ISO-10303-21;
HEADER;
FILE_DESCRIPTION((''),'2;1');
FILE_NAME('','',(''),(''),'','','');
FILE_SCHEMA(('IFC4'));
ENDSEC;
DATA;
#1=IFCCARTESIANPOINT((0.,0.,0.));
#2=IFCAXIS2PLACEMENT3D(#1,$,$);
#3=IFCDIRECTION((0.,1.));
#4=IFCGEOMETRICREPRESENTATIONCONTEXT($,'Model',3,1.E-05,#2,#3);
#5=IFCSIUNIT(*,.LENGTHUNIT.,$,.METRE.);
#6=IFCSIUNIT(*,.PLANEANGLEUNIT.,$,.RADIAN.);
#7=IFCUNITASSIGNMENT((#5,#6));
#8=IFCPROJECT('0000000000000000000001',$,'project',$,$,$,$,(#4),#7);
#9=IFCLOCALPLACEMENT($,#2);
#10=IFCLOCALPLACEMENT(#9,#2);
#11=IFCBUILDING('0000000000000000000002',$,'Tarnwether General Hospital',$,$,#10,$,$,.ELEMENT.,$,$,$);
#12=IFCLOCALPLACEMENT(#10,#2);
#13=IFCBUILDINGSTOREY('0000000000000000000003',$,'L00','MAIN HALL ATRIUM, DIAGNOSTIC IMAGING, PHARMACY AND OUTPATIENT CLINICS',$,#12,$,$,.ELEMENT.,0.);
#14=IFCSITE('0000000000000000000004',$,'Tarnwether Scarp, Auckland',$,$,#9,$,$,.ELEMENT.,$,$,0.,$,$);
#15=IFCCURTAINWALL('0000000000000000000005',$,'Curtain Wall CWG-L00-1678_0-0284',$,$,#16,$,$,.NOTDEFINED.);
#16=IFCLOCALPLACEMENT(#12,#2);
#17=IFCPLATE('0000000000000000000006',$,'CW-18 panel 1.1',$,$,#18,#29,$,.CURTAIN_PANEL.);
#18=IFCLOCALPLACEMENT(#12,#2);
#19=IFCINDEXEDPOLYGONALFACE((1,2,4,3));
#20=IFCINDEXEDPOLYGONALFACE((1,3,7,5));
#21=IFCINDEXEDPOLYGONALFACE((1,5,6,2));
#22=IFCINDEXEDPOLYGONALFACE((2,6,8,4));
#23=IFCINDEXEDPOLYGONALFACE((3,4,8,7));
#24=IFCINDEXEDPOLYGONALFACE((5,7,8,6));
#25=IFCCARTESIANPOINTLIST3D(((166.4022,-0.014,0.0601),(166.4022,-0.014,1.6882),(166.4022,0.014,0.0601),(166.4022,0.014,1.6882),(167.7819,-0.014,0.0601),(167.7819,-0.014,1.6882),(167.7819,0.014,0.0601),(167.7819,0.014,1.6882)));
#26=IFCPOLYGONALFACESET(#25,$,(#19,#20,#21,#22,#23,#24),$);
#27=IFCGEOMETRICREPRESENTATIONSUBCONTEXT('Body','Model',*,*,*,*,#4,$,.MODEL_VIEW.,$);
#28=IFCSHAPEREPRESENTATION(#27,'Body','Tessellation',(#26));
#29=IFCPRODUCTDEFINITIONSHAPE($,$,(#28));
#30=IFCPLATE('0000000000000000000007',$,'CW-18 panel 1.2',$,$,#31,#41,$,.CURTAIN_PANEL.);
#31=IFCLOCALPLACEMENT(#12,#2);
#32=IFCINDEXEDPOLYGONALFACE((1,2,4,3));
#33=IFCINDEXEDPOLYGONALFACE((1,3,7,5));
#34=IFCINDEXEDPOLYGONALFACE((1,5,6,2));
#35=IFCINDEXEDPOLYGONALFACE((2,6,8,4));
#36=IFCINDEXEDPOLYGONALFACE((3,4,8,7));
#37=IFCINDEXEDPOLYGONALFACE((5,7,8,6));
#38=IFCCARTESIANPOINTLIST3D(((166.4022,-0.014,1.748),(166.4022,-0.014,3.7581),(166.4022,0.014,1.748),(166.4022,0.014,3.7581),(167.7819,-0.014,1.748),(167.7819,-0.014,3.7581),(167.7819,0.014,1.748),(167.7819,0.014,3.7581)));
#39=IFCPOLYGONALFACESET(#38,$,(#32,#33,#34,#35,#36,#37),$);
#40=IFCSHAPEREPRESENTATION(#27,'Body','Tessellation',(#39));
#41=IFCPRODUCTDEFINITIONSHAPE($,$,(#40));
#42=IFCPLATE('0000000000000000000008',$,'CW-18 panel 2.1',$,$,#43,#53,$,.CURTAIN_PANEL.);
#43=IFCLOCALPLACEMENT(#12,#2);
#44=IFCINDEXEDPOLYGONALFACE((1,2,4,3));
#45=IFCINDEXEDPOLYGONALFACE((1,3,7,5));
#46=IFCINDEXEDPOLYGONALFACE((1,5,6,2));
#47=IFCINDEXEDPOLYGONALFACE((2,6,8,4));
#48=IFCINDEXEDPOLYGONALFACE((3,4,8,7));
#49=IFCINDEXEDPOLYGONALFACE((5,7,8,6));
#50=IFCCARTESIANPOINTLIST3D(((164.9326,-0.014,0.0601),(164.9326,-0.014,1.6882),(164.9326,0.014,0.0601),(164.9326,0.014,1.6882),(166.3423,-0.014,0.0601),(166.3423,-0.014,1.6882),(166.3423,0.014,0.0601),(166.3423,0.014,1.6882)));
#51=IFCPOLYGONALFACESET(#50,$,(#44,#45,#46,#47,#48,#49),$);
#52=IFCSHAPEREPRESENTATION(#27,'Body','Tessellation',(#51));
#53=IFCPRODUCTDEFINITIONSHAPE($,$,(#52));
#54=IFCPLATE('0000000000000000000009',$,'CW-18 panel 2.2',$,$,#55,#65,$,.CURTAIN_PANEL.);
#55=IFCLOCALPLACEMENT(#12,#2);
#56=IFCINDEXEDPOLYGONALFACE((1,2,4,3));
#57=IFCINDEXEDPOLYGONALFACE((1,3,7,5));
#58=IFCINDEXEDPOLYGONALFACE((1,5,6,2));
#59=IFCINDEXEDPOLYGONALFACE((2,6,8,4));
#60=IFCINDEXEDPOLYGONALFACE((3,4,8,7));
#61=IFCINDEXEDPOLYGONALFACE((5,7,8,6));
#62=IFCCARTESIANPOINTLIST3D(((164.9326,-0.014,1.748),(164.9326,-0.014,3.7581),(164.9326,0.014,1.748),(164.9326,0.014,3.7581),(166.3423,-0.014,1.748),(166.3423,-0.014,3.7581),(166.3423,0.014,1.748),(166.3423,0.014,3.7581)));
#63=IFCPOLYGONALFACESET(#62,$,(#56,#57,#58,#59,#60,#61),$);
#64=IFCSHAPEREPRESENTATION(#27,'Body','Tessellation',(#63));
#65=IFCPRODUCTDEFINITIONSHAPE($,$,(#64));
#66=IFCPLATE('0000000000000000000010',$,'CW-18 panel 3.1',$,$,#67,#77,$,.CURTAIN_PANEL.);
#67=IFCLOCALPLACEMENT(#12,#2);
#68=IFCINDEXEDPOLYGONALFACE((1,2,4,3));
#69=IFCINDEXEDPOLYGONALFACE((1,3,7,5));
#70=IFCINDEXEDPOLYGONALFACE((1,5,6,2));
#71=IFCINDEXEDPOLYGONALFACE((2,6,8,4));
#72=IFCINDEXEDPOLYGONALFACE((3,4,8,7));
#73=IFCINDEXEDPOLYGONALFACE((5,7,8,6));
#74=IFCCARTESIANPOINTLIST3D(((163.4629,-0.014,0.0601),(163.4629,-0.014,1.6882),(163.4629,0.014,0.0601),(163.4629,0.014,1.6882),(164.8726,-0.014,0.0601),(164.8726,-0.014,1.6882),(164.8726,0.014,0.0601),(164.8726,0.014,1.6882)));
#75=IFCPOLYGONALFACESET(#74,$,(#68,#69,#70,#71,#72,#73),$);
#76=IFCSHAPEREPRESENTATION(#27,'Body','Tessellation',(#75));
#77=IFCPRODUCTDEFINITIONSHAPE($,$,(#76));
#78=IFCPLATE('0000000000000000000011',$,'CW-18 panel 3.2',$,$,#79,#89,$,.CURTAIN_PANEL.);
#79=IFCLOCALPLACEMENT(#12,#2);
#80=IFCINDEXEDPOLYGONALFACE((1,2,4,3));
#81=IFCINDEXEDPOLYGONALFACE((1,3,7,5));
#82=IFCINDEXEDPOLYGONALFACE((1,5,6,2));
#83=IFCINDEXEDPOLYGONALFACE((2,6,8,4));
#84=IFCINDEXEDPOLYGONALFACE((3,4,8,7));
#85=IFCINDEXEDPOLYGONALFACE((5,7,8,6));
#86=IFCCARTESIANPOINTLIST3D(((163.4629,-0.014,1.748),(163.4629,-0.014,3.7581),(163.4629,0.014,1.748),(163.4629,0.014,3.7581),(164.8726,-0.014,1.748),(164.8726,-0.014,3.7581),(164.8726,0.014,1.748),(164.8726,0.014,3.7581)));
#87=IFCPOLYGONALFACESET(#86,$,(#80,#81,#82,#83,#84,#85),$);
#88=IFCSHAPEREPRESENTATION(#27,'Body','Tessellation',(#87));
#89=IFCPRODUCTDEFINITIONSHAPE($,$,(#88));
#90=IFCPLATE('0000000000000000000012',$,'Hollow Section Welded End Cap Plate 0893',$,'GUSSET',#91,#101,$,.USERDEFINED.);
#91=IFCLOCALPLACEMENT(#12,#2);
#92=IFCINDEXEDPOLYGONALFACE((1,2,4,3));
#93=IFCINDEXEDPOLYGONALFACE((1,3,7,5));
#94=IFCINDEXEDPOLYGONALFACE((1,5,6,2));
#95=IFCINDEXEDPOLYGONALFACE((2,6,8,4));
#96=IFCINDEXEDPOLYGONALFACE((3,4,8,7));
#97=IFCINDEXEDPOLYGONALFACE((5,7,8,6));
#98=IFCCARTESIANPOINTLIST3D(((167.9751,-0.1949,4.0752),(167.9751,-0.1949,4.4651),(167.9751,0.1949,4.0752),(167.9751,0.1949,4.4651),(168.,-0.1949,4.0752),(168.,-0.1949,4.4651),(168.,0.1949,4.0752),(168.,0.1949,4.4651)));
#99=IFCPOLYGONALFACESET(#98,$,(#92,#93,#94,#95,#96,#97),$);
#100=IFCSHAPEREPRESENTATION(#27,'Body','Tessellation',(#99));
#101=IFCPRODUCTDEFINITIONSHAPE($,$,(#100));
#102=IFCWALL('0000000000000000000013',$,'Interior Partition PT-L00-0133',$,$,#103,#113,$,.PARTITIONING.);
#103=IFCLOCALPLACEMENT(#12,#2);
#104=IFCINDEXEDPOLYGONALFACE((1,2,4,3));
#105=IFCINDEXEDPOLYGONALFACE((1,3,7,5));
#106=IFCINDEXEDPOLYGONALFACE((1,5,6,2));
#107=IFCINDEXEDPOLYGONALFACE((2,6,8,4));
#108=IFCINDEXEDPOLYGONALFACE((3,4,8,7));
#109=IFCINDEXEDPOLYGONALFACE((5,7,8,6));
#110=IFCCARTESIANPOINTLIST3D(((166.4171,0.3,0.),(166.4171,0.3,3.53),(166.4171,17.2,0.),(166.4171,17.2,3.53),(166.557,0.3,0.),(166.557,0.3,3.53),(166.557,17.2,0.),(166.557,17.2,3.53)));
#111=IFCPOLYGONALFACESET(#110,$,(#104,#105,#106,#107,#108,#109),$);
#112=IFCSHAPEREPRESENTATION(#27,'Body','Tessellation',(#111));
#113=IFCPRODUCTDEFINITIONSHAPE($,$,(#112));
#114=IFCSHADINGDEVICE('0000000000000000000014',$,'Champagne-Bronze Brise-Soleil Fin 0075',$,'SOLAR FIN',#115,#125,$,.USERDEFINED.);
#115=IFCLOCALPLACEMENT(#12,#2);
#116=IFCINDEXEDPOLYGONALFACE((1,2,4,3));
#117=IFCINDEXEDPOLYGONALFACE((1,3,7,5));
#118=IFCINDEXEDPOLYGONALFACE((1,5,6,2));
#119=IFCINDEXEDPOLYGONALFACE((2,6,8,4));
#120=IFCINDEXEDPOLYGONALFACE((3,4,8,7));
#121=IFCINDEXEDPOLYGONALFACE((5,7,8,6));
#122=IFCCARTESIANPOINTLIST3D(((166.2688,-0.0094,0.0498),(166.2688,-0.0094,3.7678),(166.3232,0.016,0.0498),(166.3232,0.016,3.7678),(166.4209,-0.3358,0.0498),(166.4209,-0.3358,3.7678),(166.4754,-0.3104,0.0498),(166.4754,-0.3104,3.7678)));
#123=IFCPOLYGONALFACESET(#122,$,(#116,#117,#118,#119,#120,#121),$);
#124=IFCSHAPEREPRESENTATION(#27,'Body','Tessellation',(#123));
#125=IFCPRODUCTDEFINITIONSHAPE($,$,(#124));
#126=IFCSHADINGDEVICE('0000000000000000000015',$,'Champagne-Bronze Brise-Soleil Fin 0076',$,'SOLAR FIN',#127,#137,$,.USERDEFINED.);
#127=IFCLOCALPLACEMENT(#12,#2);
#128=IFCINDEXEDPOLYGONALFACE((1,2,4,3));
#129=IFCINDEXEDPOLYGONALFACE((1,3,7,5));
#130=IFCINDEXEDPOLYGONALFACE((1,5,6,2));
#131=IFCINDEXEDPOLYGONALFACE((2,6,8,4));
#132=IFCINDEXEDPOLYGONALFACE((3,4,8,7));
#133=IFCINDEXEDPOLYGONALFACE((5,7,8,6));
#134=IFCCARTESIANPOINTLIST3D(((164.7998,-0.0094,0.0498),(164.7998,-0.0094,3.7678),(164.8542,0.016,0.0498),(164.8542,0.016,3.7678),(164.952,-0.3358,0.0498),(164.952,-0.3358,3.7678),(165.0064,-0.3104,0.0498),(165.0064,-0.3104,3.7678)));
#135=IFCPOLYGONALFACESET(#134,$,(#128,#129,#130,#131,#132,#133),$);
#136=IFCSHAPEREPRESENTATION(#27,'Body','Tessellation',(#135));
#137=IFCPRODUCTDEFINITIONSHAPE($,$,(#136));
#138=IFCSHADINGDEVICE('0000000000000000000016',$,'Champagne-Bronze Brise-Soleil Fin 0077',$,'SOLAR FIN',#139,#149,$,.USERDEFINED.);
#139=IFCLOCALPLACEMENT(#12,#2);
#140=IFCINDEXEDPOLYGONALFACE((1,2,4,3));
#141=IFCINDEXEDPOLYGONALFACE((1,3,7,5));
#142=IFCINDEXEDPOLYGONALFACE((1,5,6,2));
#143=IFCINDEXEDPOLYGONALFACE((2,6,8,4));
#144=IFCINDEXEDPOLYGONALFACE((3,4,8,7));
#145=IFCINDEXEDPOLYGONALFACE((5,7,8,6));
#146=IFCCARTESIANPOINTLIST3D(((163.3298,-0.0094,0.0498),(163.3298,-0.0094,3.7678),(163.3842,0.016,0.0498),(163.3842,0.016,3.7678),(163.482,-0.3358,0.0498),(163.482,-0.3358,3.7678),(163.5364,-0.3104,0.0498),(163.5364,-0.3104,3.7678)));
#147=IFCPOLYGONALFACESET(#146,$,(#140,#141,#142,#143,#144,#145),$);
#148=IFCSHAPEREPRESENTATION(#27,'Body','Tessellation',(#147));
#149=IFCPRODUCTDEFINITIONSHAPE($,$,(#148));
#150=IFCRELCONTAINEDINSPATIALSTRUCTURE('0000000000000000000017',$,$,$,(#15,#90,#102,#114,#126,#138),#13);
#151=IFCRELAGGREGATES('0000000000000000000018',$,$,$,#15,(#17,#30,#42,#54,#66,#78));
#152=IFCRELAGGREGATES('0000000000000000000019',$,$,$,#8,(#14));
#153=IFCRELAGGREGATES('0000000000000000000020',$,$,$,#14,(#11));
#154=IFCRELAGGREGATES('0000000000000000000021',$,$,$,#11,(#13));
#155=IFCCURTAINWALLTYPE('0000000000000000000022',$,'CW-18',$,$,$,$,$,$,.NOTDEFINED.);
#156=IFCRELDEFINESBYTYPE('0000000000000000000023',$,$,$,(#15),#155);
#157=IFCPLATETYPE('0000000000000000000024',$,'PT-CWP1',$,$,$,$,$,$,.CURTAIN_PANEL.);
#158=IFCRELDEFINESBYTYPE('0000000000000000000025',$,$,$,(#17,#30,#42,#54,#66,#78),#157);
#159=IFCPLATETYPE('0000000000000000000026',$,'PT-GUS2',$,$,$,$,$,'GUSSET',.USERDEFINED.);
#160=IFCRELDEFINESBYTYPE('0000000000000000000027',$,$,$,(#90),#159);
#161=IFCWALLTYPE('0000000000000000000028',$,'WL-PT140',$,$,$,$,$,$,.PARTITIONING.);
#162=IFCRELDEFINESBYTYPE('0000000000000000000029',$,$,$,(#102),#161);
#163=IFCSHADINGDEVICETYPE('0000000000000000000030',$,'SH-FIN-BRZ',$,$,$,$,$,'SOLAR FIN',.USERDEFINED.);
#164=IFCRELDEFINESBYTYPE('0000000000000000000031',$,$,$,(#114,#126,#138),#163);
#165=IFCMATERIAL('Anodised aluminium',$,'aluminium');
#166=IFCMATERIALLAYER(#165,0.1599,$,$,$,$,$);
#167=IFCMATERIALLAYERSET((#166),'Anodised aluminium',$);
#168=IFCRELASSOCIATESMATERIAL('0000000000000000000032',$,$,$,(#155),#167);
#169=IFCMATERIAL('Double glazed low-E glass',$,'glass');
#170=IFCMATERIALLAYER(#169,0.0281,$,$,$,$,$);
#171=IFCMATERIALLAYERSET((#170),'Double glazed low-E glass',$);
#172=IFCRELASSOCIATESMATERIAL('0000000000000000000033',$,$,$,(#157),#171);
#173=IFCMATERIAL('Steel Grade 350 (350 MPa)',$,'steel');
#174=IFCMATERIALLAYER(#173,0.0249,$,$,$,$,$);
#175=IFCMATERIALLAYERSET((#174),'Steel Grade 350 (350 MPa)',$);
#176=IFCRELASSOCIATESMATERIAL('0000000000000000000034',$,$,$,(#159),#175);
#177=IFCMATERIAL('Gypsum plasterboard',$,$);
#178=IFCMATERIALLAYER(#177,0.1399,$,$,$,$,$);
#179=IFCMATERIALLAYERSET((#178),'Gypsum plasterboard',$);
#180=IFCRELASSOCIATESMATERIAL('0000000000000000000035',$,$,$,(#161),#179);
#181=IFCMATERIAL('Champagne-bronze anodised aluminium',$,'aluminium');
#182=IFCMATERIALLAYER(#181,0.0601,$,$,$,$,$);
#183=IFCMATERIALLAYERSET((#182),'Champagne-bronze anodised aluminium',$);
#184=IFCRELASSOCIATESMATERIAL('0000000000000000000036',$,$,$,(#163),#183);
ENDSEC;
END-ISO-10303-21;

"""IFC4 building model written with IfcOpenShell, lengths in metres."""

from ifc_helpers import new_model, si_unit, direction, frame, frame_2d, origin, origin_2d, place, context, subcontext, project, spatial, rectangle, extrude, material, layer, layer_set, type_object, element, aggregate, save


model = new_model("IFC4")

# Units and contexts
model_context = context("Model", 3, precision=1e-05, world=origin(), true_north=direction((0.0, 1.0)))
body_context = subcontext(model_context, "Body", "Model", "MODEL_VIEW")
ifc_project = project(units=[si_unit("LENGTHUNIT", "METRE"), si_unit("PLANEANGLEUNIT", "RADIAN")], contexts=[model_context])

# Site, building, storey
site_placement = place(None, origin())
site = spatial("IfcSite", under=ifc_project, at=site_placement, Name="Tarnwether Scarp, Auckland", CompositionType="ELEMENT", RefElevation=0.0)
building_placement = place(site_placement, origin())
building = spatial("IfcBuilding", under=site, at=building_placement, Name="Tarnwether General Hospital", CompositionType="ELEMENT")
storey_placement = place(building_placement, origin())
storey = spatial("IfcBuildingStorey", under=building, at=storey_placement, Name="L00", Description="MAIN HALL ATRIUM, DIAGNOSTIC IMAGING, PHARMACY AND OUTPATIENT CLINICS", CompositionType="ELEMENT", Elevation=0.0)

# Curtain wall, plates
ifc_material_1 = material(Name="Anodised aluminium", Category="aluminium")
ifc_layer_1 = layer(ifc_material_1, 0.1599)
ifc_layer_set_1 = layer_set([ifc_layer_1], Name="Anodised aluminium")
curtain_wall_type = type_object("IfcCurtainWallType", Name="CW-18", PredefinedType="NOTDEFINED", material=ifc_layer_set_1)
curtain_wall_placement = place(storey_placement, origin())
curtain_wall = element("IfcCurtainWall", 1, at=curtain_wall_placement, inside=storey, type_object=curtain_wall_type, Name="Curtain Wall CWG-L00-1678_0-0284", PredefinedType="NOTDEFINED")
ifc_material_2 = material(Name="Double glazed low-E glass", Category="glass")
ifc_layer_2 = layer(ifc_material_2, 0.0281)
ifc_layer_set_2 = layer_set([ifc_layer_2], Name="Double glazed low-E glass")
plate_type_1 = type_object("IfcPlateType", Name="PT-CWP1", PredefinedType="CURTAIN_PANEL", material=ifc_layer_set_2)
plate_1_placement = place(storey_placement, frame((167.092, 0.0, 0.0601), z_axis=(0.0, 0.0, 1.0), x_axis=(-1.0, 0.0, 0.0)))
plate_1 = element("IfcPlate", 2, at=plate_1_placement, type_object=plate_type_1, Name="CW-18 panel 1.1", PredefinedType="CURTAIN_PANEL", context=body_context, shape_type="SweptSolid", body=[
    extrude(rectangle(XDim=1.3796, YDim=0.0281, at=origin_2d()), origin(), (0.0, 0.0, 1.0), 1.6282),
])
plate_2_placement = place(storey_placement, frame((167.092, 0.0, 1.748), z_axis=(0.0, 0.0, 1.0), x_axis=(-1.0, 0.0, 0.0)))
plate_2 = element("IfcPlate", 3, at=plate_2_placement, type_object=plate_type_1, Name="CW-18 panel 1.2", PredefinedType="CURTAIN_PANEL", context=body_context, shape_type="SweptSolid", body=[
    extrude(rectangle(XDim=1.3796, YDim=0.0281, at=origin_2d()), origin(), (0.0, 0.0, 1.0), 2.01),
])
plate_3_placement = place(storey_placement, frame((165.6375, 0.0, 0.0601), z_axis=(0.0, 0.0, 1.0), x_axis=(-1.0, 0.0, 0.0)))
plate_3 = element("IfcPlate", 4, at=plate_3_placement, type_object=plate_type_1, Name="CW-18 panel 2.1", PredefinedType="CURTAIN_PANEL", context=body_context, shape_type="SweptSolid", body=[
    extrude(rectangle(XDim=1.4097, YDim=0.0281, at=origin_2d()), origin(), (0.0, 0.0, 1.0), 1.6282),
])
plate_4_placement = place(storey_placement, frame((165.6375, 0.0, 1.748), z_axis=(0.0, 0.0, 1.0), x_axis=(-1.0, 0.0, 0.0)))
plate_4 = element("IfcPlate", 5, at=plate_4_placement, type_object=plate_type_1, Name="CW-18 panel 2.2", PredefinedType="CURTAIN_PANEL", context=body_context, shape_type="SweptSolid", body=[
    extrude(rectangle(XDim=1.4097, YDim=0.0281, at=origin_2d()), origin(), (0.0, 0.0, 1.0), 2.01),
])
plate_5_placement = place(storey_placement, frame((164.1677, 0.0, 0.0601), z_axis=(0.0, 0.0, 1.0), x_axis=(-1.0, 0.0, 0.0)))
plate_5 = element("IfcPlate", 6, at=plate_5_placement, type_object=plate_type_1, Name="CW-18 panel 3.1", PredefinedType="CURTAIN_PANEL", context=body_context, shape_type="SweptSolid", body=[
    extrude(rectangle(XDim=1.4097, YDim=0.0281, at=origin_2d()), origin(), (0.0, 0.0, 1.0), 1.6282),
])
plate_6_placement = place(storey_placement, frame((164.1677, 0.0, 1.748), z_axis=(0.0, 0.0, 1.0), x_axis=(-1.0, 0.0, 0.0)))
plate_6 = element("IfcPlate", 7, at=plate_6_placement, type_object=plate_type_1, Name="CW-18 panel 3.2", PredefinedType="CURTAIN_PANEL", context=body_context, shape_type="SweptSolid", body=[
    extrude(rectangle(XDim=1.4097, YDim=0.0281, at=origin_2d()), origin(), (0.0, 0.0, 1.0), 2.01),
])
aggregate(curtain_wall, [plate_1, plate_2, plate_3, plate_4, plate_5, plate_6])

# Plate
ifc_material_3 = material(Name="Steel Grade 350 (350 MPa)", Category="steel")
ifc_layer_3 = layer(ifc_material_3, 0.0249)
ifc_layer_set_3 = layer_set([ifc_layer_3], Name="Steel Grade 350 (350 MPa)")
plate_type_2 = type_object("IfcPlateType", Name="PT-GUS2", ElementType="GUSSET", PredefinedType="USERDEFINED", material=ifc_layer_set_3)
plate_7_placement = place(storey_placement, frame((167.9875, 0.0, 4.0752), z_axis=(0.0, 0.0, 1.0), x_axis=(1.0, 0.0, 0.0)))
element("IfcPlate", 8, at=plate_7_placement, inside=storey, type_object=plate_type_2, Name="Hollow Section Welded End Cap Plate 0893", ObjectType="GUSSET", PredefinedType="USERDEFINED", context=body_context, shape_type="SweptSolid", body=[
    extrude(rectangle(XDim=0.0249, YDim=0.3899, at=origin_2d()), origin(), (0.0, 0.0, 1.0), 0.3899),
])

# Wall
ifc_material_4 = material(Name="Gypsum plasterboard")
ifc_layer_4 = layer(ifc_material_4, 0.1399)
ifc_layer_set_4 = layer_set([ifc_layer_4], Name="Gypsum plasterboard")
wall_type = type_object("IfcWallType", Name="WL-PT140", PredefinedType="PARTITIONING", material=ifc_layer_set_4)
wall_placement = place(storey_placement, frame((166.4871, 0.3, 0.0), z_axis=(0.0, 0.0, 1.0), x_axis=(0.0, 1.0, 0.0)))
element("IfcWall", 9, at=wall_placement, inside=storey, type_object=wall_type, Name="Interior Partition PT-L00-0133", PredefinedType="PARTITIONING", context=body_context, shape_type="SweptSolid", body=[
    extrude(rectangle(XDim=16.8999, YDim=0.1399, at=frame_2d((8.45, 0.0))), origin(), (0.0, 0.0, 1.0), 3.53),
])

# Shading devices
ifc_material_5 = material(Name="Champagne-bronze anodised aluminium", Category="aluminium")
ifc_layer_5 = layer(ifc_material_5, 0.0601)
ifc_layer_set_5 = layer_set([ifc_layer_5], Name="Champagne-bronze anodised aluminium")
shading_device_type = type_object("IfcShadingDeviceType", Name="SH-FIN-BRZ", ElementType="SOLAR FIN", PredefinedType="USERDEFINED", material=ifc_layer_set_5)
for number, where, z_axis, x_axis, name in (
    (10, (166.3721, -0.1599, 0.0498), (0.0, 0.0, 1.0), (-0.906308, -0.422618, 0.0), "Champagne-Bronze Brise-Soleil Fin 0075"),
    (11, (164.9031, -0.1599, 0.0498), (0.0, 0.0, 1.0), (-0.906308, -0.422618, 0.0), "Champagne-Bronze Brise-Soleil Fin 0076"),
    (12, (163.4331, -0.1599, 0.0498), (0.0, 0.0, 1.0), (-0.906308, -0.422618, 0.0), "Champagne-Bronze Brise-Soleil Fin 0077"),
):
    element("IfcShadingDevice", number, at=place(storey_placement, frame(where, z_axis=z_axis, x_axis=x_axis)), inside=storey, type_object=shading_device_type, Name=name, ObjectType="SOLAR FIN", PredefinedType="USERDEFINED", context=body_context, shape_type="SweptSolid", body=[
        extrude(rectangle(XDim=0.0601, YDim=0.3601, at=origin_2d()), origin(), (0.0, 0.0, 1.0), 3.718),
    ])

save(model, "model.ifc")
